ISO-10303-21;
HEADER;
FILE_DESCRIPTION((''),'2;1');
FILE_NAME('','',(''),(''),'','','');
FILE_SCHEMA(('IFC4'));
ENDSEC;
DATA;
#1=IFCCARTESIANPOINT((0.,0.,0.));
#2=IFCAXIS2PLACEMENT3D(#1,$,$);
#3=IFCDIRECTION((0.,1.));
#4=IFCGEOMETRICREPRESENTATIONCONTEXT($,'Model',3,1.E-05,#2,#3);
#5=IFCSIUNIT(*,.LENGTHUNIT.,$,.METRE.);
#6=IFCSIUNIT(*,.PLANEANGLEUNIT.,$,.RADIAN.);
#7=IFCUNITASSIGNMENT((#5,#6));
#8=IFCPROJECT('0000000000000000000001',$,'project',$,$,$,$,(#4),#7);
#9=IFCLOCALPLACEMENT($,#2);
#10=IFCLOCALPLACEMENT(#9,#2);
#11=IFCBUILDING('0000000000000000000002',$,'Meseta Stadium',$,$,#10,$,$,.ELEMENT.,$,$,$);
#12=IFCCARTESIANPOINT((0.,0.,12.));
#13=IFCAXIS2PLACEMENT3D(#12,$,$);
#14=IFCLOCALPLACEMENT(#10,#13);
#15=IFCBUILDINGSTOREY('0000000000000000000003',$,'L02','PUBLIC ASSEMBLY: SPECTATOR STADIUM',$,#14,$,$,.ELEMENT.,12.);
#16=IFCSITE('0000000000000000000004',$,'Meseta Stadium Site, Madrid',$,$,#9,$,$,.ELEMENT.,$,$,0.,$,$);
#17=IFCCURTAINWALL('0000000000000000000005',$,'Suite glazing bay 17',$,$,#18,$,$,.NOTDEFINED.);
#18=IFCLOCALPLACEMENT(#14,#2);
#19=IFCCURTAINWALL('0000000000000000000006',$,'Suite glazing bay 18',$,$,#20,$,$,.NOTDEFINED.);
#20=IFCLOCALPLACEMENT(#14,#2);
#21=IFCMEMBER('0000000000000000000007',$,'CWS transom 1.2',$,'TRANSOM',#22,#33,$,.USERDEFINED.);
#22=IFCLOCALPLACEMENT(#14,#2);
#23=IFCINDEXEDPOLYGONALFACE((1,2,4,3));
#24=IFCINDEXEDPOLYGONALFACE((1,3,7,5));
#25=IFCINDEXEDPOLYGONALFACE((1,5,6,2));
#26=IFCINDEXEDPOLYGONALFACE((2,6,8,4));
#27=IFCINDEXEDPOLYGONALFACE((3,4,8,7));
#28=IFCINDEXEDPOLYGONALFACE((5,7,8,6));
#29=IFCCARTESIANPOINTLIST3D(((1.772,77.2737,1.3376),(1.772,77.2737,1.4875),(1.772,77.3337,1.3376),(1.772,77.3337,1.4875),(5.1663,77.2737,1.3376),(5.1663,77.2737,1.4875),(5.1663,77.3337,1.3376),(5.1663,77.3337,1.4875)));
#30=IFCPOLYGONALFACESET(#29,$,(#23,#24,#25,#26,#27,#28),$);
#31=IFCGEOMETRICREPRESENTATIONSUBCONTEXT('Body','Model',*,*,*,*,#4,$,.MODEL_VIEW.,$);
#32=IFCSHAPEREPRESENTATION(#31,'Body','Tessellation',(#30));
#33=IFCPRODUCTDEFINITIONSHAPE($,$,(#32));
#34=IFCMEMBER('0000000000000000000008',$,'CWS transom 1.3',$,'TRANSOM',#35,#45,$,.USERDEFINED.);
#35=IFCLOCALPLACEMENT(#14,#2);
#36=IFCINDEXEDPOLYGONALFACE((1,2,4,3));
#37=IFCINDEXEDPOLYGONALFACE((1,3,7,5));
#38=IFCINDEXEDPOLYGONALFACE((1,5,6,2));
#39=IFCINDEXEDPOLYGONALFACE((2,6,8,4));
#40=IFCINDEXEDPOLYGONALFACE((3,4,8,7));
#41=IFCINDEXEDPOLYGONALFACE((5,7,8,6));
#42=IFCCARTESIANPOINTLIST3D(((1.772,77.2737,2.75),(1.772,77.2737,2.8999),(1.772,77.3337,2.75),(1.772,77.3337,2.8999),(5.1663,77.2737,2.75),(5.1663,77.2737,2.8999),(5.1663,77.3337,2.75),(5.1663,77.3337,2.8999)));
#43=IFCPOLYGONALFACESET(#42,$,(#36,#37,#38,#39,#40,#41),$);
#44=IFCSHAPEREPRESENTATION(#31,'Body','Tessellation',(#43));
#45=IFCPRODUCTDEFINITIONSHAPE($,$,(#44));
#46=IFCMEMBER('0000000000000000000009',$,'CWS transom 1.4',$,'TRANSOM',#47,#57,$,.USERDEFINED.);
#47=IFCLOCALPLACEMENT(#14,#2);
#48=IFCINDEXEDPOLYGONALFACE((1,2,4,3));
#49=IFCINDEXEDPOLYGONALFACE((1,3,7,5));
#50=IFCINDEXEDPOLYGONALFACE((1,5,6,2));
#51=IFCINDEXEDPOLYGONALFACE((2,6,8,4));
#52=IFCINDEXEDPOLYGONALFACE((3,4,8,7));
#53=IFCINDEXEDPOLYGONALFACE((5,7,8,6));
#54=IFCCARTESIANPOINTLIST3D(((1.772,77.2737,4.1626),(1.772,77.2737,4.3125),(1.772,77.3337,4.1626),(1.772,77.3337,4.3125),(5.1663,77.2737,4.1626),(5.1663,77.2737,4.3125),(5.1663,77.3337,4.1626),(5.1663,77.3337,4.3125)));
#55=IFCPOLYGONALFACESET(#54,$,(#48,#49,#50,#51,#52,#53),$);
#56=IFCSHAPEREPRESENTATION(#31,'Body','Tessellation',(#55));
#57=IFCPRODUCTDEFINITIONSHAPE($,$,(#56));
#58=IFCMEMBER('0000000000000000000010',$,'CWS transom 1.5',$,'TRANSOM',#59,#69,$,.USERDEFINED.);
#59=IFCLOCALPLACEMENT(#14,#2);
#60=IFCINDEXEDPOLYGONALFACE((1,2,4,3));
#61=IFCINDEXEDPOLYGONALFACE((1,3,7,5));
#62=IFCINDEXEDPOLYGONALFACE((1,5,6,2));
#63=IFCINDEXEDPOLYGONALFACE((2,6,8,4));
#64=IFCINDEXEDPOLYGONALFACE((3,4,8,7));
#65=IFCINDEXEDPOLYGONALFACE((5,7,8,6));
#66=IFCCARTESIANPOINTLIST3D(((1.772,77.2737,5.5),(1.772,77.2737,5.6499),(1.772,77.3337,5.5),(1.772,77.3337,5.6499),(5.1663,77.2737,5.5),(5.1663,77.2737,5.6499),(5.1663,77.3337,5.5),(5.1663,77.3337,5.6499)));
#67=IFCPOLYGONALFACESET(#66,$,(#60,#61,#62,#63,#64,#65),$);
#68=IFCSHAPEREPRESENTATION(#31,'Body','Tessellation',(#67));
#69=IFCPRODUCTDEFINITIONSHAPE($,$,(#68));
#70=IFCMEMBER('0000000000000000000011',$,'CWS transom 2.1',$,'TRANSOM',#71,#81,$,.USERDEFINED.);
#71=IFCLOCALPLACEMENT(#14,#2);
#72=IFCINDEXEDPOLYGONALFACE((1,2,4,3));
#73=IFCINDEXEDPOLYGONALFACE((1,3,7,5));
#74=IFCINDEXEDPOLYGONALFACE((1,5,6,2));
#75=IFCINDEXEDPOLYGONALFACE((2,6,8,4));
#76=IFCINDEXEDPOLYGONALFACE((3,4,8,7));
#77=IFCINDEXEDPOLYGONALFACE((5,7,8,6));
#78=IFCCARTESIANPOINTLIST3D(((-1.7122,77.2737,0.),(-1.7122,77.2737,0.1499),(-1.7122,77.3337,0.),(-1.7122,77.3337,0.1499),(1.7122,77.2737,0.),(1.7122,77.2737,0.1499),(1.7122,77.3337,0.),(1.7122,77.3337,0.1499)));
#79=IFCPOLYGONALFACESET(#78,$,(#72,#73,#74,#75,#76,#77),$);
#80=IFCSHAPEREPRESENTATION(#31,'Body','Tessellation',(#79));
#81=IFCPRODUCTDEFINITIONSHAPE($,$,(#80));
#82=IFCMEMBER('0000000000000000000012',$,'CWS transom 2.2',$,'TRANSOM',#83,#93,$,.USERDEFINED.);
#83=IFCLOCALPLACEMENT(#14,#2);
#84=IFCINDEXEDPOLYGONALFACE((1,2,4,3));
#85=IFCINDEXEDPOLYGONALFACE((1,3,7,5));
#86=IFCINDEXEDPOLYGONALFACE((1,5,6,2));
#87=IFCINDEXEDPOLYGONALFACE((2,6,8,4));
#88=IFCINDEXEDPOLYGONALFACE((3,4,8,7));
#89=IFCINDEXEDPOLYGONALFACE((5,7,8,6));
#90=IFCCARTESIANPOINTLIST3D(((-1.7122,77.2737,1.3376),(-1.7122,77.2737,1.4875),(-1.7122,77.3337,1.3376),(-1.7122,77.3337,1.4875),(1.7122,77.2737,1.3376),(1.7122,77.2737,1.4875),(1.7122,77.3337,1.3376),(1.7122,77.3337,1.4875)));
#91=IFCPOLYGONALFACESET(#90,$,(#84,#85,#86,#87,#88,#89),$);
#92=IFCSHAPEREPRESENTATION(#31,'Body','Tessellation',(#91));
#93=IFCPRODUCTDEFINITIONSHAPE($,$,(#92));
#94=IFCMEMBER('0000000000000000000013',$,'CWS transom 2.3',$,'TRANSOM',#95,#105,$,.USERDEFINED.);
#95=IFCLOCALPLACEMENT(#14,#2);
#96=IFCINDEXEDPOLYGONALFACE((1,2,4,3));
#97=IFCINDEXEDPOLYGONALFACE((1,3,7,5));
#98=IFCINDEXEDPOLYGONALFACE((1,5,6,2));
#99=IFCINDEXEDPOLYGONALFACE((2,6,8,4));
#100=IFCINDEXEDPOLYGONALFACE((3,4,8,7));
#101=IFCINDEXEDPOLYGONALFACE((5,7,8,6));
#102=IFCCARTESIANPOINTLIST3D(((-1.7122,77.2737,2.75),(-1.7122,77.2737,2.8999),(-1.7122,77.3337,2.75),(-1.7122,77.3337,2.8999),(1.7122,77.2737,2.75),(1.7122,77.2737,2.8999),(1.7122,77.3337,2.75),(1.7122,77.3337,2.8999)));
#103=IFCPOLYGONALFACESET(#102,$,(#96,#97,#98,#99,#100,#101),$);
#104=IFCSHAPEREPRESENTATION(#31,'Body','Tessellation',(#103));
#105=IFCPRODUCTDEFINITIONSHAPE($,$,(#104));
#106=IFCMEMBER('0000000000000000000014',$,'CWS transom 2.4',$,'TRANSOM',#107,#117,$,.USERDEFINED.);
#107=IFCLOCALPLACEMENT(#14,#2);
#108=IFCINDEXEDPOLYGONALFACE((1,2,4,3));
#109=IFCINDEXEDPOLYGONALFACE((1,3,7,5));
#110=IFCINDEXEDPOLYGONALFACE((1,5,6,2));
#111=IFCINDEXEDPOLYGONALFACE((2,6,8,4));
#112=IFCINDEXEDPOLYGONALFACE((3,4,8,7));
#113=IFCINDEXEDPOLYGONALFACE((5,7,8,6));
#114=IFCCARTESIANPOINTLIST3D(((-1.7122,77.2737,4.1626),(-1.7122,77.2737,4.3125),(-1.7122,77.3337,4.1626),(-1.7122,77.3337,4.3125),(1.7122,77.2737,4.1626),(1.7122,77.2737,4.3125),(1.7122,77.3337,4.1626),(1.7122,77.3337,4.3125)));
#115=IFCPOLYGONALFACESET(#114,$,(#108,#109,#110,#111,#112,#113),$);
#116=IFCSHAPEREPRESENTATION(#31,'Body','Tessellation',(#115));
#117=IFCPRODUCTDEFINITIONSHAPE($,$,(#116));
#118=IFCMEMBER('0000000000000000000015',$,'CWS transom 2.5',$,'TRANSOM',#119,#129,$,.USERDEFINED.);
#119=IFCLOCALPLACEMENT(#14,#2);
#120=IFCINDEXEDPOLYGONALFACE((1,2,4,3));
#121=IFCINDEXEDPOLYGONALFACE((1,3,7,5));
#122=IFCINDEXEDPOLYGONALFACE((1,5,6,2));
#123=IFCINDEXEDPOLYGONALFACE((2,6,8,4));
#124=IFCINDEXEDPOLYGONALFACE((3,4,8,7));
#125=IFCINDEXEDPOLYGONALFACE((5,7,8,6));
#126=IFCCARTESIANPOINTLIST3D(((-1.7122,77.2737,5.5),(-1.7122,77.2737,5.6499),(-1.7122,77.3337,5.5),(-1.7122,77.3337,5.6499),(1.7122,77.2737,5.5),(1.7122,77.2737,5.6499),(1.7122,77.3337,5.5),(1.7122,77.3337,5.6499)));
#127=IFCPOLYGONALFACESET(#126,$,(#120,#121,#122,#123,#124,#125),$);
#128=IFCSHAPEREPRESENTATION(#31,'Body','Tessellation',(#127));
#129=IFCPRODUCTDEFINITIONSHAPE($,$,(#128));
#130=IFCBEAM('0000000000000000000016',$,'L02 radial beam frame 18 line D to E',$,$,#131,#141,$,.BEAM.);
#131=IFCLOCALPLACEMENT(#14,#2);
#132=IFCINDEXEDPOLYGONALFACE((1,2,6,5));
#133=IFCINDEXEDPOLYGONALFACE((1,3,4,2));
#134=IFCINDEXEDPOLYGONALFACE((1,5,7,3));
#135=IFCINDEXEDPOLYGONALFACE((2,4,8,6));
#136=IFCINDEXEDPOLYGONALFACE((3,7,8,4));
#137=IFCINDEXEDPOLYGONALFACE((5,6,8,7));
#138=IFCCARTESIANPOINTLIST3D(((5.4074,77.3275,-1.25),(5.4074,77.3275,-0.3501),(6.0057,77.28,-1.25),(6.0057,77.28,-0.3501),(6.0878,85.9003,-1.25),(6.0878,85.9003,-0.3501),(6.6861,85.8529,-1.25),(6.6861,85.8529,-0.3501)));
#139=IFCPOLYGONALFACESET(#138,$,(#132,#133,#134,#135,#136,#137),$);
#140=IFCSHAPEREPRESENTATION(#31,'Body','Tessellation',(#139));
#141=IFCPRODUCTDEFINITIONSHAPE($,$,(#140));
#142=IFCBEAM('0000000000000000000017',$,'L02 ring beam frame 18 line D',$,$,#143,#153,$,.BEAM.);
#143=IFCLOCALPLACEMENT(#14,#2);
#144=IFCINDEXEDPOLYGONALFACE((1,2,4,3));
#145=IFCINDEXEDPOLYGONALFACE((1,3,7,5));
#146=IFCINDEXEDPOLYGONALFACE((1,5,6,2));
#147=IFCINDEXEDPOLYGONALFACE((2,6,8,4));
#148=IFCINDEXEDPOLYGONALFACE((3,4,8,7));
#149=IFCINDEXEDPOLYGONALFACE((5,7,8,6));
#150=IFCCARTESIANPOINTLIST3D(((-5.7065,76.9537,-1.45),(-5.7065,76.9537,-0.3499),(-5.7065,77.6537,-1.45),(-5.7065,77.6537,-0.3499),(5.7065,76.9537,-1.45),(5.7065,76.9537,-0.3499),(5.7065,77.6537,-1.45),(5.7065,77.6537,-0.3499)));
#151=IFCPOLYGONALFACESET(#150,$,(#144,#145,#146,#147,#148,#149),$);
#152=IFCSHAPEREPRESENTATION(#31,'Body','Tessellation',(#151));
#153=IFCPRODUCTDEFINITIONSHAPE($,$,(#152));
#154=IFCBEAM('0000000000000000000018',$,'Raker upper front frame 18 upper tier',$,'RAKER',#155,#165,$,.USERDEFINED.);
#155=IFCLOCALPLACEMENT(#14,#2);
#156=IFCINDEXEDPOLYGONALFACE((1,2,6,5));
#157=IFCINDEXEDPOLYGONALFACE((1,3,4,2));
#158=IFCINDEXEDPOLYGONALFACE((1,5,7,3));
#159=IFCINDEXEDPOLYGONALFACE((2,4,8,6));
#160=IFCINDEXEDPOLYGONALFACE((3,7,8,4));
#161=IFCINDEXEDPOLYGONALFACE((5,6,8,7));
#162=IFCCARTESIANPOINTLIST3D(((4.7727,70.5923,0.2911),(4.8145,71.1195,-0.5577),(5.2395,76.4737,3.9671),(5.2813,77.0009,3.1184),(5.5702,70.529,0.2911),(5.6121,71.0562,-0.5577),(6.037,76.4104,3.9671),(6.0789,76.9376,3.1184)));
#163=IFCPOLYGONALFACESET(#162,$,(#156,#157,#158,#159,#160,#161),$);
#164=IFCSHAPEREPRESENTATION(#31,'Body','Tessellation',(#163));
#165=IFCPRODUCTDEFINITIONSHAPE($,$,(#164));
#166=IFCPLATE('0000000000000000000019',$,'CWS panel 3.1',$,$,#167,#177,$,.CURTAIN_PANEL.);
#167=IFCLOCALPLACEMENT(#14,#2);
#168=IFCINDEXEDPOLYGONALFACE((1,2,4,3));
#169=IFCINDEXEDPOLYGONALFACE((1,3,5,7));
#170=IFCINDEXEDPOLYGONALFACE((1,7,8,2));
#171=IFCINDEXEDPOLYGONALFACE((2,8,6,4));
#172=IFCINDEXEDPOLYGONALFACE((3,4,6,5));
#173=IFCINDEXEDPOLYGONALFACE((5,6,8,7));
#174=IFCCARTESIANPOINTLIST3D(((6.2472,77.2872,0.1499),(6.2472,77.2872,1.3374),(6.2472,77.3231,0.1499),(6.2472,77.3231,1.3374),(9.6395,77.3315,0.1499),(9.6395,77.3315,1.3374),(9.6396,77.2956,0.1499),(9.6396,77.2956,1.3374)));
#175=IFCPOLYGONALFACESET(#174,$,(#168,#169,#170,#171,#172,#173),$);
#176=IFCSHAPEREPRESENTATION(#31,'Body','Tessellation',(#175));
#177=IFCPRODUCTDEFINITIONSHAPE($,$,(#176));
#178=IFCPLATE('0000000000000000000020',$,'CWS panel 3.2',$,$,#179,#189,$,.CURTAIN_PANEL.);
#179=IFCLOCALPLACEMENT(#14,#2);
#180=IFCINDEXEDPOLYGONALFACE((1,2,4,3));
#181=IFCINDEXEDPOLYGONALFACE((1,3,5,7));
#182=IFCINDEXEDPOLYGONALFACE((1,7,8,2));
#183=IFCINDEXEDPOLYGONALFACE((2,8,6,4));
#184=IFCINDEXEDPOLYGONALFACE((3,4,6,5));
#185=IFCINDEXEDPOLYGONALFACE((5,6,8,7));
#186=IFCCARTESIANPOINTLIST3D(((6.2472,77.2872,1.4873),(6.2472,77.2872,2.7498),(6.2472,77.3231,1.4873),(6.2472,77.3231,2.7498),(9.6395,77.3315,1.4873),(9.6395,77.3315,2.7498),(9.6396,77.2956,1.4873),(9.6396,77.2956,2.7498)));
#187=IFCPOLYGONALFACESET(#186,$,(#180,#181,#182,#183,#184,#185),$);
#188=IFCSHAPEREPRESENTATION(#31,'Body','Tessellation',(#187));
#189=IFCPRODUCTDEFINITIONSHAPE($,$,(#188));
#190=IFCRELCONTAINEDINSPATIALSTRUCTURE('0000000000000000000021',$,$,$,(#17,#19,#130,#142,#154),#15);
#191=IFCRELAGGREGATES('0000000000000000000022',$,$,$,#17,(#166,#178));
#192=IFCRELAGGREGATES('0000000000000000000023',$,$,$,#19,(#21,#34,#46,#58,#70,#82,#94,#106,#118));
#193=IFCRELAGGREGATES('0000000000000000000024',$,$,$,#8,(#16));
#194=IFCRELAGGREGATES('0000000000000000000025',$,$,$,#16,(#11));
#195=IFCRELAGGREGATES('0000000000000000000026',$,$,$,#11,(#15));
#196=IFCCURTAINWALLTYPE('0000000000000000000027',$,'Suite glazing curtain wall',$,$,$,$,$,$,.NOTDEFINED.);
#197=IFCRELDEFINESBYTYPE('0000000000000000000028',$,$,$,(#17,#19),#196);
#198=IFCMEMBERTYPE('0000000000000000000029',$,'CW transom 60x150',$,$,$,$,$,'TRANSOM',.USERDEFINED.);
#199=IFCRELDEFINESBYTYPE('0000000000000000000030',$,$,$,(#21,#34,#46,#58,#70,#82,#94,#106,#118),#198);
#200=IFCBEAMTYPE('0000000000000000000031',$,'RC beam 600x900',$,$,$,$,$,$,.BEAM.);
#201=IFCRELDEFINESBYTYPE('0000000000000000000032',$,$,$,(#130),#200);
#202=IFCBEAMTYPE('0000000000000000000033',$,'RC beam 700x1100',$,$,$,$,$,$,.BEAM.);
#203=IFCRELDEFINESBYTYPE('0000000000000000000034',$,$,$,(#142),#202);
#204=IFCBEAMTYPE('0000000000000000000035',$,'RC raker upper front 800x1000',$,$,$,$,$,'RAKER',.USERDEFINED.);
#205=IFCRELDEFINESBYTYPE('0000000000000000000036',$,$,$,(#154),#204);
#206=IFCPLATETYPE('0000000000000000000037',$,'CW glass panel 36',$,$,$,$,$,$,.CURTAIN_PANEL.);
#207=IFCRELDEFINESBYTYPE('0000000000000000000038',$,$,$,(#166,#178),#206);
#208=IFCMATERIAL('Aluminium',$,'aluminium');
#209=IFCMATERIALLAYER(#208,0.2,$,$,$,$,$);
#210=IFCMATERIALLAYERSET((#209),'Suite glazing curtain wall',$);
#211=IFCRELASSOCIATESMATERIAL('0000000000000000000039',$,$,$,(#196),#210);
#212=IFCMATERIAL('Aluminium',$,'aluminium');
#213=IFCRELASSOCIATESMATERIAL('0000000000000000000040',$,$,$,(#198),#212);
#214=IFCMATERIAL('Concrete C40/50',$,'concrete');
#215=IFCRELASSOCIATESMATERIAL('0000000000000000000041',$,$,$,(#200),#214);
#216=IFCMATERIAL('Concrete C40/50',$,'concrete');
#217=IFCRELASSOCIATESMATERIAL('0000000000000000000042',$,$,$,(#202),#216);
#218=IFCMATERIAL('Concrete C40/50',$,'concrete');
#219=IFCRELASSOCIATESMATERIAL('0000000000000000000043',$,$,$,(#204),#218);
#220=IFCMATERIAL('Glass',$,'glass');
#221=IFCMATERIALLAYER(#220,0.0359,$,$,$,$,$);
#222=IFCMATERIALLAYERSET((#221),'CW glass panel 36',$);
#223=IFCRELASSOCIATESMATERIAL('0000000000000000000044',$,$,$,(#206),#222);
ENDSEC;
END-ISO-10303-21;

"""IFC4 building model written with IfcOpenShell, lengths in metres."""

from ifc_helpers import new_model, si_unit, direction, frame, origin, origin_2d, place, context, subcontext, project, spatial, rectangle, extrude, material, layer, layer_set, material_profile, profile_set, type_object, element, aggregate, save


model = new_model("IFC4")

# Units and contexts
model_context = context("Model", 3, precision=1e-05, world=origin(), true_north=direction((0.0, 1.0)))
body_context = subcontext(model_context, "Body", "Model", "MODEL_VIEW")
ifc_project = project(units=[si_unit("LENGTHUNIT", "METRE"), si_unit("PLANEANGLEUNIT", "RADIAN")], contexts=[model_context])

# Site, building, storey
site_placement = place(None, origin())
site = spatial("IfcSite", under=ifc_project, at=site_placement, Name="Meseta Stadium Site, Madrid", CompositionType="ELEMENT", RefElevation=0.0)
building_placement = place(site_placement, origin())
building = spatial("IfcBuilding", under=site, at=building_placement, Name="Meseta Stadium", CompositionType="ELEMENT")
storey_placement = place(building_placement, frame((0.0, 0.0, 12.0)))
storey = spatial("IfcBuildingStorey", under=building, at=storey_placement, Name="L02", Description="PUBLIC ASSEMBLY: SPECTATOR STADIUM", CompositionType="ELEMENT", Elevation=12.0)

# Curtain wall
ifc_material_1 = material(Name="Aluminium", Category="aluminium")
ifc_layer_1 = layer(ifc_material_1, 0.2)
ifc_layer_set_1 = layer_set([ifc_layer_1], Name="Suite glazing curtain wall")
curtain_wall_type = type_object("IfcCurtainWallType", Name="Suite glazing curtain wall", PredefinedType="NOTDEFINED", material=ifc_layer_set_1)
curtain_wall_1_placement = place(storey_placement, origin())
curtain_wall_1 = element("IfcCurtainWall", 1, at=curtain_wall_1_placement, inside=storey, type_object=curtain_wall_type, Name="Suite glazing bay 17", PredefinedType="NOTDEFINED")

# Curtain wall
curtain_wall_2_placement = place(storey_placement, origin())
curtain_wall_2 = element("IfcCurtainWall", 2, at=curtain_wall_2_placement, inside=storey, type_object=curtain_wall_type, Name="Suite glazing bay 18", PredefinedType="NOTDEFINED")

# Members
ifc_material_2 = material(Name="Aluminium", Category="aluminium")
ifc_material_profile_1 = material_profile(ifc_material_2, rectangle(XDim=0.0601, YDim=0.1499, at=origin_2d()), Name="CW 60x150")
ifc_profile_set_1 = profile_set([ifc_material_profile_1], Name="Aluminium")
member_type_1 = type_object("IfcMemberType", Name="CW transom 60x150", ElementType="TRANSOM", PredefinedType="USERDEFINED", material=ifc_profile_set_1)
member_1_placement = place(storey_placement, frame((5.1663, 77.3037, 1.4126), z_axis=(-1.0, 0.0, 0.0), x_axis=(0.0, -1.0, 0.0)))
member_1 = element("IfcMember", 3, at=member_1_placement, type_object=member_type_1, Name="CWS transom 1.2", ObjectType="TRANSOM", PredefinedType="USERDEFINED", context=body_context, shape_type="SweptSolid", body=[
    extrude(rectangle(XDim=0.0601, YDim=0.1499, at=origin_2d()), origin(), (0.0, 0.0, 1.0), 3.3943),
])
member_2_placement = place(storey_placement, frame((5.1663, 77.3037, 2.825), z_axis=(-1.0, 0.0, 0.0), x_axis=(0.0, -1.0, 0.0)))
member_2 = element("IfcMember", 4, at=member_2_placement, type_object=member_type_1, Name="CWS transom 1.3", ObjectType="TRANSOM", PredefinedType="USERDEFINED", context=body_context, shape_type="SweptSolid", body=[
    extrude(rectangle(XDim=0.0601, YDim=0.1499, at=origin_2d()), origin(), (0.0, 0.0, 1.0), 3.3943),
])
member_3_placement = place(storey_placement, frame((5.1663, 77.3037, 4.2375), z_axis=(-1.0, 0.0, 0.0), x_axis=(0.0, -1.0, 0.0)))
member_3 = element("IfcMember", 5, at=member_3_placement, type_object=member_type_1, Name="CWS transom 1.4", ObjectType="TRANSOM", PredefinedType="USERDEFINED", context=body_context, shape_type="SweptSolid", body=[
    extrude(rectangle(XDim=0.0601, YDim=0.1499, at=origin_2d()), origin(), (0.0, 0.0, 1.0), 3.3943),
])
member_4_placement = place(storey_placement, frame((5.1663, 77.3037, 5.575), z_axis=(-1.0, 0.0, 0.0), x_axis=(0.0, -1.0, 0.0)))
member_4 = element("IfcMember", 6, at=member_4_placement, type_object=member_type_1, Name="CWS transom 1.5", ObjectType="TRANSOM", PredefinedType="USERDEFINED", context=body_context, shape_type="SweptSolid", body=[
    extrude(rectangle(XDim=0.0601, YDim=0.1499, at=origin_2d()), origin(), (0.0, 0.0, 1.0), 3.3943),
])
member_5_placement = place(storey_placement, frame((1.7122, 77.3037, 0.075), z_axis=(-1.0, 0.0, 0.0), x_axis=(0.0, -1.0, 0.0)))
member_5 = element("IfcMember", 7, at=member_5_placement, type_object=member_type_1, Name="CWS transom 2.1", ObjectType="TRANSOM", PredefinedType="USERDEFINED", context=body_context, shape_type="SweptSolid", body=[
    extrude(rectangle(XDim=0.0601, YDim=0.1499, at=origin_2d()), origin(), (0.0, 0.0, 1.0), 3.4243),
])
member_6_placement = place(storey_placement, frame((1.7122, 77.3037, 1.4126), z_axis=(-1.0, 0.0, 0.0), x_axis=(0.0, -1.0, 0.0)))
member_6 = element("IfcMember", 8, at=member_6_placement, type_object=member_type_1, Name="CWS transom 2.2", ObjectType="TRANSOM", PredefinedType="USERDEFINED", context=body_context, shape_type="SweptSolid", body=[
    extrude(rectangle(XDim=0.0601, YDim=0.1499, at=origin_2d()), origin(), (0.0, 0.0, 1.0), 3.4243),
])
member_7_placement = place(storey_placement, frame((1.7122, 77.3037, 2.825), z_axis=(-1.0, 0.0, 0.0), x_axis=(0.0, -1.0, 0.0)))
member_7 = element("IfcMember", 9, at=member_7_placement, type_object=member_type_1, Name="CWS transom 2.3", ObjectType="TRANSOM", PredefinedType="USERDEFINED", context=body_context, shape_type="SweptSolid", body=[
    extrude(rectangle(XDim=0.0601, YDim=0.1499, at=origin_2d()), origin(), (0.0, 0.0, 1.0), 3.4243),
])
member_8_placement = place(storey_placement, frame((1.7122, 77.3037, 4.2375), z_axis=(-1.0, 0.0, 0.0), x_axis=(0.0, -1.0, 0.0)))
member_8 = element("IfcMember", 10, at=member_8_placement, type_object=member_type_1, Name="CWS transom 2.4", ObjectType="TRANSOM", PredefinedType="USERDEFINED", context=body_context, shape_type="SweptSolid", body=[
    extrude(rectangle(XDim=0.0601, YDim=0.1499, at=origin_2d()), origin(), (0.0, 0.0, 1.0), 3.4243),
])
member_9_placement = place(storey_placement, frame((1.7122, 77.3037, 5.575), z_axis=(-1.0, 0.0, 0.0), x_axis=(0.0, -1.0, 0.0)))
member_9 = element("IfcMember", 11, at=member_9_placement, type_object=member_type_1, Name="CWS transom 2.5", ObjectType="TRANSOM", PredefinedType="USERDEFINED", context=body_context, shape_type="SweptSolid", body=[
    extrude(rectangle(XDim=0.0601, YDim=0.1499, at=origin_2d()), origin(), (0.0, 0.0, 1.0), 3.4243),
])

# Beams
ifc_material_3 = material(Name="Concrete C40/50", Category="concrete")
ifc_material_profile_2 = material_profile(ifc_material_3, rectangle(XDim=0.6001, YDim=0.8999, at=origin_2d()), Name="RC 600x900")
ifc_profile_set_2 = profile_set([ifc_material_profile_2], Name="Concrete C40/50")
beam_type_1 = type_object("IfcBeamType", Name="RC beam 600x900", PredefinedType="BEAM", material=ifc_profile_set_2)
beam_1_placement = place(storey_placement, frame((5.7065, 77.3037, -0.8), z_axis=(0.079119, 0.996865, 0.0), x_axis=(-0.996865, 0.079119, 0.0)))
element("IfcBeam", 12, at=beam_1_placement, inside=storey, type_object=beam_type_1, Name="L02 radial beam frame 18 line D to E", PredefinedType="BEAM", context=body_context, shape_type="SweptSolid", body=[
    extrude(rectangle(XDim=0.6001, YDim=0.8999, at=origin_2d()), origin(), (0.0, 0.0, 1.0), 8.5999),
])
ifc_material_4 = material(Name="Concrete C40/50", Category="concrete")
ifc_material_profile_3 = material_profile(ifc_material_4, rectangle(XDim=0.7, YDim=1.1001, at=origin_2d()), Name="RC 700x1100")
ifc_profile_set_3 = profile_set([ifc_material_profile_3], Name="Concrete C40/50")
beam_type_2 = type_object("IfcBeamType", Name="RC beam 700x1100", PredefinedType="BEAM", material=ifc_profile_set_3)
beam_2_placement = place(storey_placement, frame((5.7065, 77.3037, -0.8999), z_axis=(-1.0, 0.0, 0.0), x_axis=(0.0, -1.0, 0.0)))
element("IfcBeam", 13, at=beam_2_placement, inside=storey, type_object=beam_type_2, Name="L02 ring beam frame 18 line D", PredefinedType="BEAM", context=body_context, shape_type="SweptSolid", body=[
    extrude(rectangle(XDim=0.7, YDim=1.1001, at=origin_2d()), origin(), (0.0, 0.0, 1.0), 11.4131),
])
ifc_material_5 = material(Name="Concrete C40/50", Category="concrete")
ifc_material_profile_4 = material_profile(ifc_material_5, rectangle(XDim=0.8, YDim=1.0, at=origin_2d()), Name="RC 800x1000")
ifc_profile_set_4 = profile_set([ifc_material_profile_4], Name="Concrete C40/50")
beam_type_3 = type_object("IfcBeamType", Name="RC raker upper front 800x1000", ElementType="RAKER", PredefinedType="USERDEFINED", material=ifc_profile_set_4)
beam_3_placement = place(storey_placement, frame((5.1924, 70.8242, -0.1333), z_axis=(0.067152, 0.846072, 0.528822), x_axis=(-0.996865, 0.07912, 0.0)))
element("IfcBeam", 14, at=beam_3_placement, inside=storey, type_object=beam_type_3, Name="Raker upper front frame 18 upper tier", ObjectType="RAKER", PredefinedType="USERDEFINED", context=body_context, shape_type="SweptSolid", body=[
    extrude(rectangle(XDim=0.8, YDim=1.0, at=origin_2d()), origin(), (0.0, 0.0, 1.0), 6.9514),
])

# Plates
ifc_material_6 = material(Name="Glass", Category="glass")
ifc_layer_2 = layer(ifc_material_6, 0.0359)
ifc_layer_set_2 = layer_set([ifc_layer_2], Name="CW glass panel 36")
plate_type = type_object("IfcPlateType", Name="CW glass panel 36", PredefinedType="CURTAIN_PANEL", material=ifc_layer_set_2)
plate_1_placement = place(storey_placement, frame((7.9434, 77.3093, 0.1499), z_axis=(0.0, 0.0, 1.0), x_axis=(-0.999997, -0.002486, 0.0)))
plate_1 = element("IfcPlate", 15, at=plate_1_placement, type_object=plate_type, Name="CWS panel 3.1", PredefinedType="CURTAIN_PANEL", context=body_context, shape_type="SweptSolid", body=[
    extrude(rectangle(XDim=3.3923, YDim=0.0359, at=origin_2d()), origin(), (0.0, 0.0, 1.0), 1.1875),
])
plate_2_placement = place(storey_placement, frame((7.9434, 77.3093, 1.4873), z_axis=(0.0, 0.0, 1.0), x_axis=(-0.999997, -0.002486, 0.0)))
plate_2 = element("IfcPlate", 16, at=plate_2_placement, type_object=plate_type, Name="CWS panel 3.2", PredefinedType="CURTAIN_PANEL", context=body_context, shape_type="SweptSolid", body=[
    extrude(rectangle(XDim=3.3923, YDim=0.0359, at=origin_2d()), origin(), (0.0, 0.0, 1.0), 1.2625),
])
aggregate(curtain_wall_1, [plate_1, plate_2])
aggregate(curtain_wall_2, [member_1, member_2, member_3, member_4, member_5, member_6, member_7, member_8, member_9])

save(model, "model.ifc")
